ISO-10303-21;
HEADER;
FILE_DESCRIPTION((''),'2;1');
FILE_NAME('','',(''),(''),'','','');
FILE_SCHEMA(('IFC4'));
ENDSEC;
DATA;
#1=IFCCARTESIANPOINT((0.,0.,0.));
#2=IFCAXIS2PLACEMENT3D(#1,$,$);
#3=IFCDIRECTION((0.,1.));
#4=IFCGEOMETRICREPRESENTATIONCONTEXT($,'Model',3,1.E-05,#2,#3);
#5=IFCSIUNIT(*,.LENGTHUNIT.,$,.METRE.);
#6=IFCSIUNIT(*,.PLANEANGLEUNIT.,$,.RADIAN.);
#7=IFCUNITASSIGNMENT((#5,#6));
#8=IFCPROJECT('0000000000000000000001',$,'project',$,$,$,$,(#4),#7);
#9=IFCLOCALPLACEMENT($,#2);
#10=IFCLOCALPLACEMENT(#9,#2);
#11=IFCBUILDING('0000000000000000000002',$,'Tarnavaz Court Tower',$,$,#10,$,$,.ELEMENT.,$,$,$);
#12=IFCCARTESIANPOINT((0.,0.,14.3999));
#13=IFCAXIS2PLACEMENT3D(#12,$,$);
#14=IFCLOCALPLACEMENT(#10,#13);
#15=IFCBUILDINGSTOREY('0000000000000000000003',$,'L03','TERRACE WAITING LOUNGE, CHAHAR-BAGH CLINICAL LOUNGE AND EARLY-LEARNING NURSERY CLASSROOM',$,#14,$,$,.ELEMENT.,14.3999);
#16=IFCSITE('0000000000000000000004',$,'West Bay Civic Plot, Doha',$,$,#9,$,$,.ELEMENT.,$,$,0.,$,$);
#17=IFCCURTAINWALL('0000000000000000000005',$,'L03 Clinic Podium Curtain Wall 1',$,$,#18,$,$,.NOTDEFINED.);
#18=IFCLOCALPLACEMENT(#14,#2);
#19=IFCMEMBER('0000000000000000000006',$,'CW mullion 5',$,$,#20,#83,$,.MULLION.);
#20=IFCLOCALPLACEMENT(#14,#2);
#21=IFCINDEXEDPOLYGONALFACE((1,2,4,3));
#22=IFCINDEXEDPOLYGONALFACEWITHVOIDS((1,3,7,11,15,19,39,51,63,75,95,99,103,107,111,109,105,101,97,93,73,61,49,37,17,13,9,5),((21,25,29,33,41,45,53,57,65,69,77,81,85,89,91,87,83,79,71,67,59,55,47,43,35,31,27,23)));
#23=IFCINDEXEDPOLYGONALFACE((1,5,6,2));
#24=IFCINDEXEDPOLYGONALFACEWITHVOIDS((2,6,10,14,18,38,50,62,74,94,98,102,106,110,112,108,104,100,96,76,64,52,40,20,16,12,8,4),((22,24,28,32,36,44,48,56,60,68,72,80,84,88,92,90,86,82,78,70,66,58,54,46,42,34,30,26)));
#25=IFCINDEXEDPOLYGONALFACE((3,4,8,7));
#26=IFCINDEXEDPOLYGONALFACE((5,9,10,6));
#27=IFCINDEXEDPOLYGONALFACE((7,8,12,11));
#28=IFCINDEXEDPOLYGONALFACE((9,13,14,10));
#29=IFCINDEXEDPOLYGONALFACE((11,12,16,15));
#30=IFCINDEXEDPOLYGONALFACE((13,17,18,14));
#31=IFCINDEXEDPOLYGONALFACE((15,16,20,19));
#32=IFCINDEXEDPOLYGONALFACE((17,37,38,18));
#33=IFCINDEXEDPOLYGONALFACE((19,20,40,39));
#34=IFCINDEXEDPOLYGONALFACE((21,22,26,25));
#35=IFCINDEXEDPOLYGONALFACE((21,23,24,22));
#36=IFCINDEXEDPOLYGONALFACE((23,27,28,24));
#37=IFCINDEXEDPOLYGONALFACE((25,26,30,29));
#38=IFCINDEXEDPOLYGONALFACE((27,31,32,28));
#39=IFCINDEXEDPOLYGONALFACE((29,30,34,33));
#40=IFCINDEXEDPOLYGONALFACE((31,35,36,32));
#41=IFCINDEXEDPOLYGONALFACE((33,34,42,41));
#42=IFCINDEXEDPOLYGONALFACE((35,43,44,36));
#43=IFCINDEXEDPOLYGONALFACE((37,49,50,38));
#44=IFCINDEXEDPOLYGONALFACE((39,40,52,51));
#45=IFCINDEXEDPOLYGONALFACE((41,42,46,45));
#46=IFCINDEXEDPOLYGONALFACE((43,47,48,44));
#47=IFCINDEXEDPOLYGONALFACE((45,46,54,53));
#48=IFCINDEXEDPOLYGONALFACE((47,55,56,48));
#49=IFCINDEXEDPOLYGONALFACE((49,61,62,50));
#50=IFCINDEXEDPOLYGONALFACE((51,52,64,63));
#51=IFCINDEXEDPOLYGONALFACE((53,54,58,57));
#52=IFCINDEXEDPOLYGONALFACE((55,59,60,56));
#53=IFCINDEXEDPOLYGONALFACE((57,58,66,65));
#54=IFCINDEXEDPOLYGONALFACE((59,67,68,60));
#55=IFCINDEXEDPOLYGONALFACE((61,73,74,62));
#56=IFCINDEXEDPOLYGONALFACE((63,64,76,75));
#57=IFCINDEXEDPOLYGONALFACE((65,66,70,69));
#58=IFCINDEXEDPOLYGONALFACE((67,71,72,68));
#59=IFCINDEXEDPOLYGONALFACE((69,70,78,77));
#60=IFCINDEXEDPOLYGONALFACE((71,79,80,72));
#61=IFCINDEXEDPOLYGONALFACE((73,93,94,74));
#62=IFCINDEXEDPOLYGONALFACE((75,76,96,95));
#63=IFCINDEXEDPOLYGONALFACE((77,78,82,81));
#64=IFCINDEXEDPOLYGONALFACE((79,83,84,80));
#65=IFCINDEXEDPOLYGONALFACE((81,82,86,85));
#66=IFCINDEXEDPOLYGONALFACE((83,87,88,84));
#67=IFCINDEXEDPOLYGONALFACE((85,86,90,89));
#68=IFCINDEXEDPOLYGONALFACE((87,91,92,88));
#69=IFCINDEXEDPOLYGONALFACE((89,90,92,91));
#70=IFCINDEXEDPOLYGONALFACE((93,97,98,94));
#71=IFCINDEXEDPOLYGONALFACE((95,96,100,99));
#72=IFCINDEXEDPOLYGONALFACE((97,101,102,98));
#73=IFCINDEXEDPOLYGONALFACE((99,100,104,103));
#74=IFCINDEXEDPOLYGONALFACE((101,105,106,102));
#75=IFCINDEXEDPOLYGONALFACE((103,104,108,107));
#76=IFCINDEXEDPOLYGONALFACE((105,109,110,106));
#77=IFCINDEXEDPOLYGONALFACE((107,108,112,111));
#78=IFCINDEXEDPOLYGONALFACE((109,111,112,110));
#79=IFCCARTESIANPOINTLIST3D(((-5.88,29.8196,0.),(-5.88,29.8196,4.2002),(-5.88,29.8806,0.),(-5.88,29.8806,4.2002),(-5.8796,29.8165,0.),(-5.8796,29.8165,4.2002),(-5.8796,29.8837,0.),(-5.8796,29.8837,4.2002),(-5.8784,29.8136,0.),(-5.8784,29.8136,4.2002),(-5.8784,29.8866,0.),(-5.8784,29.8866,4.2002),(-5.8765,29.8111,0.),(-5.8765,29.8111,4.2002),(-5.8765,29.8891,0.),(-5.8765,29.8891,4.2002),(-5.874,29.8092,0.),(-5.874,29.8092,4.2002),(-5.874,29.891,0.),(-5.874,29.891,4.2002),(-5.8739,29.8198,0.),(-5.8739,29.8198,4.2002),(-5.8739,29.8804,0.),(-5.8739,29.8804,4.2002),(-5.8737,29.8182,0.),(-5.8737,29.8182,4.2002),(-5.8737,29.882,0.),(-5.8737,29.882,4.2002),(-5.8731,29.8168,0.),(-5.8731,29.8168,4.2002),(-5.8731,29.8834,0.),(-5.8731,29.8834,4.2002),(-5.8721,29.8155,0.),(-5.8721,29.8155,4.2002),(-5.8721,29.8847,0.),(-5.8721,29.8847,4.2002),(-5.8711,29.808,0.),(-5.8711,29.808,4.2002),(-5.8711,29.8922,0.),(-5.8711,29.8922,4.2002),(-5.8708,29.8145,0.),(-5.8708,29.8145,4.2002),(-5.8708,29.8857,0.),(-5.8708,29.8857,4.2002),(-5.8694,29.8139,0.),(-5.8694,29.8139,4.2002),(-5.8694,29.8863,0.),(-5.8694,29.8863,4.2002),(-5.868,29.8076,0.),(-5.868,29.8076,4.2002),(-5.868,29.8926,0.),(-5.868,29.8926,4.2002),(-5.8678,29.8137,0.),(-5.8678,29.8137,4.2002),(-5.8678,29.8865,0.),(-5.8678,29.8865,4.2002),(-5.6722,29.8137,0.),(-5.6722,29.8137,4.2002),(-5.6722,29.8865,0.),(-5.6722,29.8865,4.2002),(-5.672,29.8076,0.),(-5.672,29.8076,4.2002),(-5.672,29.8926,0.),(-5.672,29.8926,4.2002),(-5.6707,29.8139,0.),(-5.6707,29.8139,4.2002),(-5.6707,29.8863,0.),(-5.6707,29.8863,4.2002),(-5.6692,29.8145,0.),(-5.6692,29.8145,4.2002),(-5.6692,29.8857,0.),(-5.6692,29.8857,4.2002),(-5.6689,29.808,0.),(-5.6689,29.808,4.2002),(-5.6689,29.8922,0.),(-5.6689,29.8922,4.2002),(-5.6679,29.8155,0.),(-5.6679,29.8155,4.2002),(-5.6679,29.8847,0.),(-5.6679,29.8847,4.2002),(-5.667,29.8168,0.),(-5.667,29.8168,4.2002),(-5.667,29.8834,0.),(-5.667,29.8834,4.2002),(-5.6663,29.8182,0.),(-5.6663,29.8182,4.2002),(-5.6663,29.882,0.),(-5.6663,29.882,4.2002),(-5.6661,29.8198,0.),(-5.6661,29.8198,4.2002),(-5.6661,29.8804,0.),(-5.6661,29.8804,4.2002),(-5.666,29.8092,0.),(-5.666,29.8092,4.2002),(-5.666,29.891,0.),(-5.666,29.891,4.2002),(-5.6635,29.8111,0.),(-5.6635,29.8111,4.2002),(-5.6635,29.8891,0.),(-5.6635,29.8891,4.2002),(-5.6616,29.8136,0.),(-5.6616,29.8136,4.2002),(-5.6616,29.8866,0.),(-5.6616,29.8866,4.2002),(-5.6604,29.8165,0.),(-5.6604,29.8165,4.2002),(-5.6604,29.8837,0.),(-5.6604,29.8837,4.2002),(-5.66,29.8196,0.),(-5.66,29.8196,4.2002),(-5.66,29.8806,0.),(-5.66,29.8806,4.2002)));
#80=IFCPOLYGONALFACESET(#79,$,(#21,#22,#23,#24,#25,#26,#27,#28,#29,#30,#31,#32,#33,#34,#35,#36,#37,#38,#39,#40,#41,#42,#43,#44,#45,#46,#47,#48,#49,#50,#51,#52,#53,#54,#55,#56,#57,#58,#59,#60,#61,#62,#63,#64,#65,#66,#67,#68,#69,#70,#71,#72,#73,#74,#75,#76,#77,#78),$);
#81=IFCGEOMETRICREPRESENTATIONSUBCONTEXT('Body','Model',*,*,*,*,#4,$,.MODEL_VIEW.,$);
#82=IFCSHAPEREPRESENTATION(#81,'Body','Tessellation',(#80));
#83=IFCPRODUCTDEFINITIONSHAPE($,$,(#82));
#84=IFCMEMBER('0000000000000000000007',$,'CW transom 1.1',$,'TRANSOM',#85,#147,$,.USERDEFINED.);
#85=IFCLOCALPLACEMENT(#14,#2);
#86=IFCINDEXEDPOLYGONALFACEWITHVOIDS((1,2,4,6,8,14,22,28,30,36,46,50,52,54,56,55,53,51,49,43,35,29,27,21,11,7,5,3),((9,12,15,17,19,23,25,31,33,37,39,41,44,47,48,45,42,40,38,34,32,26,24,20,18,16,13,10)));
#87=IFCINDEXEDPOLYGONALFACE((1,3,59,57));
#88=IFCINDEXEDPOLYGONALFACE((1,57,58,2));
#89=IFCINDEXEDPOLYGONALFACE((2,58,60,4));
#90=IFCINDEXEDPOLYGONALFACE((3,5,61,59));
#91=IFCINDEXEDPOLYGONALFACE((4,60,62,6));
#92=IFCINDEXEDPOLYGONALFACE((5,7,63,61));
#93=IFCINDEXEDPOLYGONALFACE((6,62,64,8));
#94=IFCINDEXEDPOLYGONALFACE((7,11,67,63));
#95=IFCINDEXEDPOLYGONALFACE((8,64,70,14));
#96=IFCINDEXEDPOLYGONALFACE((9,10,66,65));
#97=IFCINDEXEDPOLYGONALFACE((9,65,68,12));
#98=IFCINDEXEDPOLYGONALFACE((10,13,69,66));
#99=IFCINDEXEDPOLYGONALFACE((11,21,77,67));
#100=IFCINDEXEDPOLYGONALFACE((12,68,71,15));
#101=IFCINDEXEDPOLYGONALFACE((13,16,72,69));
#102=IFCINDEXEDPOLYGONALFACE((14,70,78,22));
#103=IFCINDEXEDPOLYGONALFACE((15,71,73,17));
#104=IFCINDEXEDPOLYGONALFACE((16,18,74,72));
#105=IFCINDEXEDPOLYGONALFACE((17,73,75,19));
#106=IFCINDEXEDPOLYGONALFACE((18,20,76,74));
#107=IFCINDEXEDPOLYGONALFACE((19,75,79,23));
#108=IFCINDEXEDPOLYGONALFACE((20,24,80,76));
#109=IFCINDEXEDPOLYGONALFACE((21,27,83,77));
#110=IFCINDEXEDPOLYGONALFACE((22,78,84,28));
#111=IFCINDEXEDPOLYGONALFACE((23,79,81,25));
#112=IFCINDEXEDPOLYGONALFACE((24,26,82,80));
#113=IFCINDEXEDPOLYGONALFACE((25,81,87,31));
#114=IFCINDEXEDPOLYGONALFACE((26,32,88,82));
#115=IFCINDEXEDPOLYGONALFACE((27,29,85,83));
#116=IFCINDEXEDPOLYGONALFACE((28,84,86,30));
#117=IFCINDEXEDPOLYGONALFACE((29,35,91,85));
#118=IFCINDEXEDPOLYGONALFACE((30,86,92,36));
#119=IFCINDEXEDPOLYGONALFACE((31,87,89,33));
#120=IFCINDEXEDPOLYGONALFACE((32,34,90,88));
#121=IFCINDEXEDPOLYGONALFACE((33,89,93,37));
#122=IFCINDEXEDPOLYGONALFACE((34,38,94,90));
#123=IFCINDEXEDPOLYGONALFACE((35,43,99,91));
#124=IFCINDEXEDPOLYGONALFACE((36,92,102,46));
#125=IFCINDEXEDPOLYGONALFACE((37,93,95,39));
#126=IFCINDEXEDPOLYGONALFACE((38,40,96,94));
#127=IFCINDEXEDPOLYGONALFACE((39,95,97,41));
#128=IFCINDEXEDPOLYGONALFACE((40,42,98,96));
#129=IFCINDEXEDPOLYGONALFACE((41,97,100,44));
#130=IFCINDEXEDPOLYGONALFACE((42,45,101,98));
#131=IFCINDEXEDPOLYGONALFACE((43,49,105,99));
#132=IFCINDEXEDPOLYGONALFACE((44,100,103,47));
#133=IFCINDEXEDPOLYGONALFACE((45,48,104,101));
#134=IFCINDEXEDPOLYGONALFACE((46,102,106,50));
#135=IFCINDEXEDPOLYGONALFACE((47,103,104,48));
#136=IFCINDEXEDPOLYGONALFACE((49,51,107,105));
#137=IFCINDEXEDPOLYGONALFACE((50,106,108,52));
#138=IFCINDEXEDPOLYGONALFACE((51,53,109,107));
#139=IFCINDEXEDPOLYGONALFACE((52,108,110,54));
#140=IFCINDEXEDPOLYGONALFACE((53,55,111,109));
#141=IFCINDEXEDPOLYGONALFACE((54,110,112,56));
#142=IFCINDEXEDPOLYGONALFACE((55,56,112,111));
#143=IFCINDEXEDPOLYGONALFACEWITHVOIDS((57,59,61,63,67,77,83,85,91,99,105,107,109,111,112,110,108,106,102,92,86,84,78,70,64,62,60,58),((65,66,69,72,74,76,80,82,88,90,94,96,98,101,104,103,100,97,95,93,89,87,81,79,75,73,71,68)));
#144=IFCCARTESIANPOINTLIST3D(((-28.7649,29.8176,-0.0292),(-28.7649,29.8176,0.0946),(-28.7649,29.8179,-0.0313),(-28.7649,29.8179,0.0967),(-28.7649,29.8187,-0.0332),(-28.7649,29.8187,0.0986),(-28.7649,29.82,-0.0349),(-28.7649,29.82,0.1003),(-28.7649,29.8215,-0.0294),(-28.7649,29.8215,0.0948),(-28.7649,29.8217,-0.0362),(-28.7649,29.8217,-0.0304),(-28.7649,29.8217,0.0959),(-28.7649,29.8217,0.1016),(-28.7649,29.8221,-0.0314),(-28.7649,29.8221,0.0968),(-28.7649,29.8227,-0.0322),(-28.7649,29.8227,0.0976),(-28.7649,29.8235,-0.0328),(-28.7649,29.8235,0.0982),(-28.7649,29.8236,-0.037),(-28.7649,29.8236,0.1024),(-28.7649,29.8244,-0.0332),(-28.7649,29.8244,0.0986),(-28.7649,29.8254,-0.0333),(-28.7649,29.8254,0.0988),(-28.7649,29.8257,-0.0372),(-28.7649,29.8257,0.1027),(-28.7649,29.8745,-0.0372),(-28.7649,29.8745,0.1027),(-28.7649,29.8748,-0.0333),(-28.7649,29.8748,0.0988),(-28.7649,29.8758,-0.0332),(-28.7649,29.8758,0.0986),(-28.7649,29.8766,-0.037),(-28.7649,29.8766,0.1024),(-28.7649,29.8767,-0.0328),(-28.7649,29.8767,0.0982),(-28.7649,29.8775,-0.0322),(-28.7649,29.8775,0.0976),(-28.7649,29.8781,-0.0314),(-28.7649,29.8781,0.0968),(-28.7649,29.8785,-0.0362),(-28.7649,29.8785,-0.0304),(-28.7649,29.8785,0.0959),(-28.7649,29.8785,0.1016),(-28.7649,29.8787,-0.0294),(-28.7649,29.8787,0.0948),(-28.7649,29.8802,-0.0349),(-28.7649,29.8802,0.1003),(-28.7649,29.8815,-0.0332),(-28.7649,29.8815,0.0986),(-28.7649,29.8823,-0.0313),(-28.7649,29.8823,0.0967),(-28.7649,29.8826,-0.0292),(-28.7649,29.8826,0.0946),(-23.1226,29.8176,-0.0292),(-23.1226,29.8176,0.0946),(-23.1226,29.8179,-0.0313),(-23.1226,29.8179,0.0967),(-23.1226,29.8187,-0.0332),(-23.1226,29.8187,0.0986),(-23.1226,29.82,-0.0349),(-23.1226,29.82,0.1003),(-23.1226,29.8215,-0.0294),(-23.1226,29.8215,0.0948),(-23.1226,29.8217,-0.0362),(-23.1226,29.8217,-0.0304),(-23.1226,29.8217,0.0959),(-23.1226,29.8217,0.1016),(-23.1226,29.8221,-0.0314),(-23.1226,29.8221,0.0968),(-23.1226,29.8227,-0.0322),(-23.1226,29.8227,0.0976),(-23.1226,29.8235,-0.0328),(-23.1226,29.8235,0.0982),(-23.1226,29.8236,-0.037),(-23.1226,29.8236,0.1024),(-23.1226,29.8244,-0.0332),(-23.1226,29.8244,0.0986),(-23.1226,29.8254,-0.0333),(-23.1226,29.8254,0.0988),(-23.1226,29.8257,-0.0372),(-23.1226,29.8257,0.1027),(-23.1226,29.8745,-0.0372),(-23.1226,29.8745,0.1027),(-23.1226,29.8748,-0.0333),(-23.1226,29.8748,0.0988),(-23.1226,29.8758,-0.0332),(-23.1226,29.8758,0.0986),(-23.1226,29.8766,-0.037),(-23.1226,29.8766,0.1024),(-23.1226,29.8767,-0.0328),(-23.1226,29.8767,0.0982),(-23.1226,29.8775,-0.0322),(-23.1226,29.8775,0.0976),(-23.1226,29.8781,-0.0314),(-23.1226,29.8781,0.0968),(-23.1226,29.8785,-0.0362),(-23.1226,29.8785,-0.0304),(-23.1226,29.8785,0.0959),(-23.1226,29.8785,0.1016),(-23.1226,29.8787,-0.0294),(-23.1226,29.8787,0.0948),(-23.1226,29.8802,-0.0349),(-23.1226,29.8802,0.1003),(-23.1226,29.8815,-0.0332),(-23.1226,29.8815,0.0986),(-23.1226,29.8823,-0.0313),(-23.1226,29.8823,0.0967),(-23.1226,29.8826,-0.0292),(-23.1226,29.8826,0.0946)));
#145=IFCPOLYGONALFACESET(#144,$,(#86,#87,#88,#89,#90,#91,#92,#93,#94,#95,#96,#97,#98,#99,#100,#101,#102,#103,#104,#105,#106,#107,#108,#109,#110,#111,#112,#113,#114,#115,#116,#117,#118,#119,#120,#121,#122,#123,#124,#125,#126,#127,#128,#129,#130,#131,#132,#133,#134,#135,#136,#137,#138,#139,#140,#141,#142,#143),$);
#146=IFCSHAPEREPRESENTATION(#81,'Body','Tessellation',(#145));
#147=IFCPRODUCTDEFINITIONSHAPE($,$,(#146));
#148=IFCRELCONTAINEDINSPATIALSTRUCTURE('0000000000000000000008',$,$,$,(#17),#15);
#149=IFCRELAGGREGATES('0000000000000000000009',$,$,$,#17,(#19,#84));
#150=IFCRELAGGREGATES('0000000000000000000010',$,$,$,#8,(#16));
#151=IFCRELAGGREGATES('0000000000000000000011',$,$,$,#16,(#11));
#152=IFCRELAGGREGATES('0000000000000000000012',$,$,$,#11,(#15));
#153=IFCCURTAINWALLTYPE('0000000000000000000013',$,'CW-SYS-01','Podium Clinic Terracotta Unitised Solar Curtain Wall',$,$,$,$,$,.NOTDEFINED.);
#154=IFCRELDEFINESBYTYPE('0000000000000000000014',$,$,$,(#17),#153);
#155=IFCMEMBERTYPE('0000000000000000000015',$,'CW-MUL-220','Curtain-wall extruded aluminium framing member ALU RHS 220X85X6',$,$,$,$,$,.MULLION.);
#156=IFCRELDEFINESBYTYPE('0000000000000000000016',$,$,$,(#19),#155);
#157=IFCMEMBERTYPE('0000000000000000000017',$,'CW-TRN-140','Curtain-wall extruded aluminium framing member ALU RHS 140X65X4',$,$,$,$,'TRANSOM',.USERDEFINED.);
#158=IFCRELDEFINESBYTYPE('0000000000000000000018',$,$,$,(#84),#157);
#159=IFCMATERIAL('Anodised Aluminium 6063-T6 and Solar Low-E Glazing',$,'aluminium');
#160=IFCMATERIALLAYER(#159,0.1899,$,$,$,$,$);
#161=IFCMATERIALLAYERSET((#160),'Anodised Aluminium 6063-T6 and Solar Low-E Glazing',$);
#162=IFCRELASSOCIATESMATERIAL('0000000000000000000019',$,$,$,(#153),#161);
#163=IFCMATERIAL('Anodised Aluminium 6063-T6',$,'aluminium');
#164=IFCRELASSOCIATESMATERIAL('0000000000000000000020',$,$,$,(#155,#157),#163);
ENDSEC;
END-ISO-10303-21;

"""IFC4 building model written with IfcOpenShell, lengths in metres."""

from ifc_helpers import new_model, si_unit, direction, frame, origin, origin_2d, place, context, subcontext, project, spatial, hollow_rectangle, extrude, material, layer, layer_set, material_profile, profile_set, type_object, element, aggregate, save


model = new_model("IFC4")

# Units and contexts
model_context = context("Model", 3, precision=1e-05, world=origin(), true_north=direction((0.0, 1.0)))
body_context = subcontext(model_context, "Body", "Model", "MODEL_VIEW")
ifc_project = project(units=[si_unit("LENGTHUNIT", "METRE"), si_unit("PLANEANGLEUNIT", "RADIAN")], contexts=[model_context])

# Site, building, storey
site_placement = place(None, origin())
site = spatial("IfcSite", under=ifc_project, at=site_placement, Name="West Bay Civic Plot, Doha", CompositionType="ELEMENT", RefElevation=0.0)
building_placement = place(site_placement, origin())
building = spatial("IfcBuilding", under=site, at=building_placement, Name="Tarnavaz Court Tower", CompositionType="ELEMENT")
storey_placement = place(building_placement, frame((0.0, 0.0, 14.3999)))
storey = spatial("IfcBuildingStorey", under=building, at=storey_placement, Name="L03", Description="TERRACE WAITING LOUNGE, CHAHAR-BAGH CLINICAL LOUNGE AND EARLY-LEARNING NURSERY CLASSROOM", CompositionType="ELEMENT", Elevation=14.3999)

# Curtain wall, members
ifc_material_1 = material(Name="Anodised Aluminium 6063-T6 and Solar Low-E Glazing", Category="aluminium")
ifc_layer_1 = layer(ifc_material_1, 0.1899)
ifc_layer_set_1 = layer_set([ifc_layer_1], Name="Anodised Aluminium 6063-T6 and Solar Low-E Glazing")
curtain_wall_type = type_object("IfcCurtainWallType", Name="CW-SYS-01", Description="Podium Clinic Terracotta Unitised Solar Curtain Wall", PredefinedType="NOTDEFINED", material=ifc_layer_set_1)
curtain_wall_placement = place(storey_placement, origin())
curtain_wall = element("IfcCurtainWall", 1, at=curtain_wall_placement, inside=storey, type_object=curtain_wall_type, Name="L03 Clinic Podium Curtain Wall 1", PredefinedType="NOTDEFINED")
ifc_material_2 = material(Name="Anodised Aluminium 6063-T6", Category="aluminium")
ifc_material_profile_1 = material_profile(ifc_material_2, hollow_rectangle(XDim=0.085, YDim=0.22, WallThickness=0.0061, InnerFilletRadius=0.0061, OuterFilletRadius=0.012, at=origin_2d()), Name="ALU RHS 220X85X6")
ifc_profile_set_1 = profile_set([ifc_material_profile_1], Name="Anodised Aluminium 6063-T6")
member_type_1 = type_object("IfcMemberType", Name="CW-MUL-220", Description="Curtain-wall extruded aluminium framing member ALU RHS 220X85X6", PredefinedType="MULLION", material=ifc_profile_set_1)
member_1_placement = place(storey_placement, frame((-5.77, 29.8501, 0.0), z_axis=(0.0, 0.0, 1.0), x_axis=(0.0, 1.0, 0.0)))
member_1 = element("IfcMember", 2, at=member_1_placement, type_object=member_type_1, Name="CW mullion 5", PredefinedType="MULLION", context=body_context, shape_type="SweptSolid", body=[
    extrude(hollow_rectangle(XDim=0.085, YDim=0.22, WallThickness=0.0061, InnerFilletRadius=0.0061, OuterFilletRadius=0.012, at=origin_2d()), origin(), (0.0, 0.0, 1.0), 4.2002),
])
ifc_material_profile_2 = material_profile(ifc_material_2, hollow_rectangle(XDim=0.0649, YDim=0.1399, WallThickness=0.0039, InnerFilletRadius=0.0039, OuterFilletRadius=0.0081, at=origin_2d()), Name="ALU RHS 140X65X4")
ifc_profile_set_2 = profile_set([ifc_material_profile_2], Name="Anodised Aluminium 6063-T6")
member_type_2 = type_object("IfcMemberType", Name="CW-TRN-140", Description="Curtain-wall extruded aluminium framing member ALU RHS 140X65X4", ElementType="TRANSOM", PredefinedType="USERDEFINED", material=ifc_profile_set_2)
member_2_placement = place(storey_placement, frame((-28.7649, 29.8501, 0.0327), z_axis=(1.0, 0.0, 0.0), x_axis=(0.0, 1.0, 0.0)))
member_2 = element("IfcMember", 3, at=member_2_placement, type_object=member_type_2, Name="CW transom 1.1", ObjectType="TRANSOM", PredefinedType="USERDEFINED", context=body_context, shape_type="SweptSolid", body=[
    extrude(hollow_rectangle(XDim=0.0649, YDim=0.1399, WallThickness=0.0039, InnerFilletRadius=0.0039, OuterFilletRadius=0.0081, at=origin_2d()), origin(), (0.0, 0.0, 1.0), 5.6423),
])
aggregate(curtain_wall, [member_1, member_2])

save(model, "model.ifc")
